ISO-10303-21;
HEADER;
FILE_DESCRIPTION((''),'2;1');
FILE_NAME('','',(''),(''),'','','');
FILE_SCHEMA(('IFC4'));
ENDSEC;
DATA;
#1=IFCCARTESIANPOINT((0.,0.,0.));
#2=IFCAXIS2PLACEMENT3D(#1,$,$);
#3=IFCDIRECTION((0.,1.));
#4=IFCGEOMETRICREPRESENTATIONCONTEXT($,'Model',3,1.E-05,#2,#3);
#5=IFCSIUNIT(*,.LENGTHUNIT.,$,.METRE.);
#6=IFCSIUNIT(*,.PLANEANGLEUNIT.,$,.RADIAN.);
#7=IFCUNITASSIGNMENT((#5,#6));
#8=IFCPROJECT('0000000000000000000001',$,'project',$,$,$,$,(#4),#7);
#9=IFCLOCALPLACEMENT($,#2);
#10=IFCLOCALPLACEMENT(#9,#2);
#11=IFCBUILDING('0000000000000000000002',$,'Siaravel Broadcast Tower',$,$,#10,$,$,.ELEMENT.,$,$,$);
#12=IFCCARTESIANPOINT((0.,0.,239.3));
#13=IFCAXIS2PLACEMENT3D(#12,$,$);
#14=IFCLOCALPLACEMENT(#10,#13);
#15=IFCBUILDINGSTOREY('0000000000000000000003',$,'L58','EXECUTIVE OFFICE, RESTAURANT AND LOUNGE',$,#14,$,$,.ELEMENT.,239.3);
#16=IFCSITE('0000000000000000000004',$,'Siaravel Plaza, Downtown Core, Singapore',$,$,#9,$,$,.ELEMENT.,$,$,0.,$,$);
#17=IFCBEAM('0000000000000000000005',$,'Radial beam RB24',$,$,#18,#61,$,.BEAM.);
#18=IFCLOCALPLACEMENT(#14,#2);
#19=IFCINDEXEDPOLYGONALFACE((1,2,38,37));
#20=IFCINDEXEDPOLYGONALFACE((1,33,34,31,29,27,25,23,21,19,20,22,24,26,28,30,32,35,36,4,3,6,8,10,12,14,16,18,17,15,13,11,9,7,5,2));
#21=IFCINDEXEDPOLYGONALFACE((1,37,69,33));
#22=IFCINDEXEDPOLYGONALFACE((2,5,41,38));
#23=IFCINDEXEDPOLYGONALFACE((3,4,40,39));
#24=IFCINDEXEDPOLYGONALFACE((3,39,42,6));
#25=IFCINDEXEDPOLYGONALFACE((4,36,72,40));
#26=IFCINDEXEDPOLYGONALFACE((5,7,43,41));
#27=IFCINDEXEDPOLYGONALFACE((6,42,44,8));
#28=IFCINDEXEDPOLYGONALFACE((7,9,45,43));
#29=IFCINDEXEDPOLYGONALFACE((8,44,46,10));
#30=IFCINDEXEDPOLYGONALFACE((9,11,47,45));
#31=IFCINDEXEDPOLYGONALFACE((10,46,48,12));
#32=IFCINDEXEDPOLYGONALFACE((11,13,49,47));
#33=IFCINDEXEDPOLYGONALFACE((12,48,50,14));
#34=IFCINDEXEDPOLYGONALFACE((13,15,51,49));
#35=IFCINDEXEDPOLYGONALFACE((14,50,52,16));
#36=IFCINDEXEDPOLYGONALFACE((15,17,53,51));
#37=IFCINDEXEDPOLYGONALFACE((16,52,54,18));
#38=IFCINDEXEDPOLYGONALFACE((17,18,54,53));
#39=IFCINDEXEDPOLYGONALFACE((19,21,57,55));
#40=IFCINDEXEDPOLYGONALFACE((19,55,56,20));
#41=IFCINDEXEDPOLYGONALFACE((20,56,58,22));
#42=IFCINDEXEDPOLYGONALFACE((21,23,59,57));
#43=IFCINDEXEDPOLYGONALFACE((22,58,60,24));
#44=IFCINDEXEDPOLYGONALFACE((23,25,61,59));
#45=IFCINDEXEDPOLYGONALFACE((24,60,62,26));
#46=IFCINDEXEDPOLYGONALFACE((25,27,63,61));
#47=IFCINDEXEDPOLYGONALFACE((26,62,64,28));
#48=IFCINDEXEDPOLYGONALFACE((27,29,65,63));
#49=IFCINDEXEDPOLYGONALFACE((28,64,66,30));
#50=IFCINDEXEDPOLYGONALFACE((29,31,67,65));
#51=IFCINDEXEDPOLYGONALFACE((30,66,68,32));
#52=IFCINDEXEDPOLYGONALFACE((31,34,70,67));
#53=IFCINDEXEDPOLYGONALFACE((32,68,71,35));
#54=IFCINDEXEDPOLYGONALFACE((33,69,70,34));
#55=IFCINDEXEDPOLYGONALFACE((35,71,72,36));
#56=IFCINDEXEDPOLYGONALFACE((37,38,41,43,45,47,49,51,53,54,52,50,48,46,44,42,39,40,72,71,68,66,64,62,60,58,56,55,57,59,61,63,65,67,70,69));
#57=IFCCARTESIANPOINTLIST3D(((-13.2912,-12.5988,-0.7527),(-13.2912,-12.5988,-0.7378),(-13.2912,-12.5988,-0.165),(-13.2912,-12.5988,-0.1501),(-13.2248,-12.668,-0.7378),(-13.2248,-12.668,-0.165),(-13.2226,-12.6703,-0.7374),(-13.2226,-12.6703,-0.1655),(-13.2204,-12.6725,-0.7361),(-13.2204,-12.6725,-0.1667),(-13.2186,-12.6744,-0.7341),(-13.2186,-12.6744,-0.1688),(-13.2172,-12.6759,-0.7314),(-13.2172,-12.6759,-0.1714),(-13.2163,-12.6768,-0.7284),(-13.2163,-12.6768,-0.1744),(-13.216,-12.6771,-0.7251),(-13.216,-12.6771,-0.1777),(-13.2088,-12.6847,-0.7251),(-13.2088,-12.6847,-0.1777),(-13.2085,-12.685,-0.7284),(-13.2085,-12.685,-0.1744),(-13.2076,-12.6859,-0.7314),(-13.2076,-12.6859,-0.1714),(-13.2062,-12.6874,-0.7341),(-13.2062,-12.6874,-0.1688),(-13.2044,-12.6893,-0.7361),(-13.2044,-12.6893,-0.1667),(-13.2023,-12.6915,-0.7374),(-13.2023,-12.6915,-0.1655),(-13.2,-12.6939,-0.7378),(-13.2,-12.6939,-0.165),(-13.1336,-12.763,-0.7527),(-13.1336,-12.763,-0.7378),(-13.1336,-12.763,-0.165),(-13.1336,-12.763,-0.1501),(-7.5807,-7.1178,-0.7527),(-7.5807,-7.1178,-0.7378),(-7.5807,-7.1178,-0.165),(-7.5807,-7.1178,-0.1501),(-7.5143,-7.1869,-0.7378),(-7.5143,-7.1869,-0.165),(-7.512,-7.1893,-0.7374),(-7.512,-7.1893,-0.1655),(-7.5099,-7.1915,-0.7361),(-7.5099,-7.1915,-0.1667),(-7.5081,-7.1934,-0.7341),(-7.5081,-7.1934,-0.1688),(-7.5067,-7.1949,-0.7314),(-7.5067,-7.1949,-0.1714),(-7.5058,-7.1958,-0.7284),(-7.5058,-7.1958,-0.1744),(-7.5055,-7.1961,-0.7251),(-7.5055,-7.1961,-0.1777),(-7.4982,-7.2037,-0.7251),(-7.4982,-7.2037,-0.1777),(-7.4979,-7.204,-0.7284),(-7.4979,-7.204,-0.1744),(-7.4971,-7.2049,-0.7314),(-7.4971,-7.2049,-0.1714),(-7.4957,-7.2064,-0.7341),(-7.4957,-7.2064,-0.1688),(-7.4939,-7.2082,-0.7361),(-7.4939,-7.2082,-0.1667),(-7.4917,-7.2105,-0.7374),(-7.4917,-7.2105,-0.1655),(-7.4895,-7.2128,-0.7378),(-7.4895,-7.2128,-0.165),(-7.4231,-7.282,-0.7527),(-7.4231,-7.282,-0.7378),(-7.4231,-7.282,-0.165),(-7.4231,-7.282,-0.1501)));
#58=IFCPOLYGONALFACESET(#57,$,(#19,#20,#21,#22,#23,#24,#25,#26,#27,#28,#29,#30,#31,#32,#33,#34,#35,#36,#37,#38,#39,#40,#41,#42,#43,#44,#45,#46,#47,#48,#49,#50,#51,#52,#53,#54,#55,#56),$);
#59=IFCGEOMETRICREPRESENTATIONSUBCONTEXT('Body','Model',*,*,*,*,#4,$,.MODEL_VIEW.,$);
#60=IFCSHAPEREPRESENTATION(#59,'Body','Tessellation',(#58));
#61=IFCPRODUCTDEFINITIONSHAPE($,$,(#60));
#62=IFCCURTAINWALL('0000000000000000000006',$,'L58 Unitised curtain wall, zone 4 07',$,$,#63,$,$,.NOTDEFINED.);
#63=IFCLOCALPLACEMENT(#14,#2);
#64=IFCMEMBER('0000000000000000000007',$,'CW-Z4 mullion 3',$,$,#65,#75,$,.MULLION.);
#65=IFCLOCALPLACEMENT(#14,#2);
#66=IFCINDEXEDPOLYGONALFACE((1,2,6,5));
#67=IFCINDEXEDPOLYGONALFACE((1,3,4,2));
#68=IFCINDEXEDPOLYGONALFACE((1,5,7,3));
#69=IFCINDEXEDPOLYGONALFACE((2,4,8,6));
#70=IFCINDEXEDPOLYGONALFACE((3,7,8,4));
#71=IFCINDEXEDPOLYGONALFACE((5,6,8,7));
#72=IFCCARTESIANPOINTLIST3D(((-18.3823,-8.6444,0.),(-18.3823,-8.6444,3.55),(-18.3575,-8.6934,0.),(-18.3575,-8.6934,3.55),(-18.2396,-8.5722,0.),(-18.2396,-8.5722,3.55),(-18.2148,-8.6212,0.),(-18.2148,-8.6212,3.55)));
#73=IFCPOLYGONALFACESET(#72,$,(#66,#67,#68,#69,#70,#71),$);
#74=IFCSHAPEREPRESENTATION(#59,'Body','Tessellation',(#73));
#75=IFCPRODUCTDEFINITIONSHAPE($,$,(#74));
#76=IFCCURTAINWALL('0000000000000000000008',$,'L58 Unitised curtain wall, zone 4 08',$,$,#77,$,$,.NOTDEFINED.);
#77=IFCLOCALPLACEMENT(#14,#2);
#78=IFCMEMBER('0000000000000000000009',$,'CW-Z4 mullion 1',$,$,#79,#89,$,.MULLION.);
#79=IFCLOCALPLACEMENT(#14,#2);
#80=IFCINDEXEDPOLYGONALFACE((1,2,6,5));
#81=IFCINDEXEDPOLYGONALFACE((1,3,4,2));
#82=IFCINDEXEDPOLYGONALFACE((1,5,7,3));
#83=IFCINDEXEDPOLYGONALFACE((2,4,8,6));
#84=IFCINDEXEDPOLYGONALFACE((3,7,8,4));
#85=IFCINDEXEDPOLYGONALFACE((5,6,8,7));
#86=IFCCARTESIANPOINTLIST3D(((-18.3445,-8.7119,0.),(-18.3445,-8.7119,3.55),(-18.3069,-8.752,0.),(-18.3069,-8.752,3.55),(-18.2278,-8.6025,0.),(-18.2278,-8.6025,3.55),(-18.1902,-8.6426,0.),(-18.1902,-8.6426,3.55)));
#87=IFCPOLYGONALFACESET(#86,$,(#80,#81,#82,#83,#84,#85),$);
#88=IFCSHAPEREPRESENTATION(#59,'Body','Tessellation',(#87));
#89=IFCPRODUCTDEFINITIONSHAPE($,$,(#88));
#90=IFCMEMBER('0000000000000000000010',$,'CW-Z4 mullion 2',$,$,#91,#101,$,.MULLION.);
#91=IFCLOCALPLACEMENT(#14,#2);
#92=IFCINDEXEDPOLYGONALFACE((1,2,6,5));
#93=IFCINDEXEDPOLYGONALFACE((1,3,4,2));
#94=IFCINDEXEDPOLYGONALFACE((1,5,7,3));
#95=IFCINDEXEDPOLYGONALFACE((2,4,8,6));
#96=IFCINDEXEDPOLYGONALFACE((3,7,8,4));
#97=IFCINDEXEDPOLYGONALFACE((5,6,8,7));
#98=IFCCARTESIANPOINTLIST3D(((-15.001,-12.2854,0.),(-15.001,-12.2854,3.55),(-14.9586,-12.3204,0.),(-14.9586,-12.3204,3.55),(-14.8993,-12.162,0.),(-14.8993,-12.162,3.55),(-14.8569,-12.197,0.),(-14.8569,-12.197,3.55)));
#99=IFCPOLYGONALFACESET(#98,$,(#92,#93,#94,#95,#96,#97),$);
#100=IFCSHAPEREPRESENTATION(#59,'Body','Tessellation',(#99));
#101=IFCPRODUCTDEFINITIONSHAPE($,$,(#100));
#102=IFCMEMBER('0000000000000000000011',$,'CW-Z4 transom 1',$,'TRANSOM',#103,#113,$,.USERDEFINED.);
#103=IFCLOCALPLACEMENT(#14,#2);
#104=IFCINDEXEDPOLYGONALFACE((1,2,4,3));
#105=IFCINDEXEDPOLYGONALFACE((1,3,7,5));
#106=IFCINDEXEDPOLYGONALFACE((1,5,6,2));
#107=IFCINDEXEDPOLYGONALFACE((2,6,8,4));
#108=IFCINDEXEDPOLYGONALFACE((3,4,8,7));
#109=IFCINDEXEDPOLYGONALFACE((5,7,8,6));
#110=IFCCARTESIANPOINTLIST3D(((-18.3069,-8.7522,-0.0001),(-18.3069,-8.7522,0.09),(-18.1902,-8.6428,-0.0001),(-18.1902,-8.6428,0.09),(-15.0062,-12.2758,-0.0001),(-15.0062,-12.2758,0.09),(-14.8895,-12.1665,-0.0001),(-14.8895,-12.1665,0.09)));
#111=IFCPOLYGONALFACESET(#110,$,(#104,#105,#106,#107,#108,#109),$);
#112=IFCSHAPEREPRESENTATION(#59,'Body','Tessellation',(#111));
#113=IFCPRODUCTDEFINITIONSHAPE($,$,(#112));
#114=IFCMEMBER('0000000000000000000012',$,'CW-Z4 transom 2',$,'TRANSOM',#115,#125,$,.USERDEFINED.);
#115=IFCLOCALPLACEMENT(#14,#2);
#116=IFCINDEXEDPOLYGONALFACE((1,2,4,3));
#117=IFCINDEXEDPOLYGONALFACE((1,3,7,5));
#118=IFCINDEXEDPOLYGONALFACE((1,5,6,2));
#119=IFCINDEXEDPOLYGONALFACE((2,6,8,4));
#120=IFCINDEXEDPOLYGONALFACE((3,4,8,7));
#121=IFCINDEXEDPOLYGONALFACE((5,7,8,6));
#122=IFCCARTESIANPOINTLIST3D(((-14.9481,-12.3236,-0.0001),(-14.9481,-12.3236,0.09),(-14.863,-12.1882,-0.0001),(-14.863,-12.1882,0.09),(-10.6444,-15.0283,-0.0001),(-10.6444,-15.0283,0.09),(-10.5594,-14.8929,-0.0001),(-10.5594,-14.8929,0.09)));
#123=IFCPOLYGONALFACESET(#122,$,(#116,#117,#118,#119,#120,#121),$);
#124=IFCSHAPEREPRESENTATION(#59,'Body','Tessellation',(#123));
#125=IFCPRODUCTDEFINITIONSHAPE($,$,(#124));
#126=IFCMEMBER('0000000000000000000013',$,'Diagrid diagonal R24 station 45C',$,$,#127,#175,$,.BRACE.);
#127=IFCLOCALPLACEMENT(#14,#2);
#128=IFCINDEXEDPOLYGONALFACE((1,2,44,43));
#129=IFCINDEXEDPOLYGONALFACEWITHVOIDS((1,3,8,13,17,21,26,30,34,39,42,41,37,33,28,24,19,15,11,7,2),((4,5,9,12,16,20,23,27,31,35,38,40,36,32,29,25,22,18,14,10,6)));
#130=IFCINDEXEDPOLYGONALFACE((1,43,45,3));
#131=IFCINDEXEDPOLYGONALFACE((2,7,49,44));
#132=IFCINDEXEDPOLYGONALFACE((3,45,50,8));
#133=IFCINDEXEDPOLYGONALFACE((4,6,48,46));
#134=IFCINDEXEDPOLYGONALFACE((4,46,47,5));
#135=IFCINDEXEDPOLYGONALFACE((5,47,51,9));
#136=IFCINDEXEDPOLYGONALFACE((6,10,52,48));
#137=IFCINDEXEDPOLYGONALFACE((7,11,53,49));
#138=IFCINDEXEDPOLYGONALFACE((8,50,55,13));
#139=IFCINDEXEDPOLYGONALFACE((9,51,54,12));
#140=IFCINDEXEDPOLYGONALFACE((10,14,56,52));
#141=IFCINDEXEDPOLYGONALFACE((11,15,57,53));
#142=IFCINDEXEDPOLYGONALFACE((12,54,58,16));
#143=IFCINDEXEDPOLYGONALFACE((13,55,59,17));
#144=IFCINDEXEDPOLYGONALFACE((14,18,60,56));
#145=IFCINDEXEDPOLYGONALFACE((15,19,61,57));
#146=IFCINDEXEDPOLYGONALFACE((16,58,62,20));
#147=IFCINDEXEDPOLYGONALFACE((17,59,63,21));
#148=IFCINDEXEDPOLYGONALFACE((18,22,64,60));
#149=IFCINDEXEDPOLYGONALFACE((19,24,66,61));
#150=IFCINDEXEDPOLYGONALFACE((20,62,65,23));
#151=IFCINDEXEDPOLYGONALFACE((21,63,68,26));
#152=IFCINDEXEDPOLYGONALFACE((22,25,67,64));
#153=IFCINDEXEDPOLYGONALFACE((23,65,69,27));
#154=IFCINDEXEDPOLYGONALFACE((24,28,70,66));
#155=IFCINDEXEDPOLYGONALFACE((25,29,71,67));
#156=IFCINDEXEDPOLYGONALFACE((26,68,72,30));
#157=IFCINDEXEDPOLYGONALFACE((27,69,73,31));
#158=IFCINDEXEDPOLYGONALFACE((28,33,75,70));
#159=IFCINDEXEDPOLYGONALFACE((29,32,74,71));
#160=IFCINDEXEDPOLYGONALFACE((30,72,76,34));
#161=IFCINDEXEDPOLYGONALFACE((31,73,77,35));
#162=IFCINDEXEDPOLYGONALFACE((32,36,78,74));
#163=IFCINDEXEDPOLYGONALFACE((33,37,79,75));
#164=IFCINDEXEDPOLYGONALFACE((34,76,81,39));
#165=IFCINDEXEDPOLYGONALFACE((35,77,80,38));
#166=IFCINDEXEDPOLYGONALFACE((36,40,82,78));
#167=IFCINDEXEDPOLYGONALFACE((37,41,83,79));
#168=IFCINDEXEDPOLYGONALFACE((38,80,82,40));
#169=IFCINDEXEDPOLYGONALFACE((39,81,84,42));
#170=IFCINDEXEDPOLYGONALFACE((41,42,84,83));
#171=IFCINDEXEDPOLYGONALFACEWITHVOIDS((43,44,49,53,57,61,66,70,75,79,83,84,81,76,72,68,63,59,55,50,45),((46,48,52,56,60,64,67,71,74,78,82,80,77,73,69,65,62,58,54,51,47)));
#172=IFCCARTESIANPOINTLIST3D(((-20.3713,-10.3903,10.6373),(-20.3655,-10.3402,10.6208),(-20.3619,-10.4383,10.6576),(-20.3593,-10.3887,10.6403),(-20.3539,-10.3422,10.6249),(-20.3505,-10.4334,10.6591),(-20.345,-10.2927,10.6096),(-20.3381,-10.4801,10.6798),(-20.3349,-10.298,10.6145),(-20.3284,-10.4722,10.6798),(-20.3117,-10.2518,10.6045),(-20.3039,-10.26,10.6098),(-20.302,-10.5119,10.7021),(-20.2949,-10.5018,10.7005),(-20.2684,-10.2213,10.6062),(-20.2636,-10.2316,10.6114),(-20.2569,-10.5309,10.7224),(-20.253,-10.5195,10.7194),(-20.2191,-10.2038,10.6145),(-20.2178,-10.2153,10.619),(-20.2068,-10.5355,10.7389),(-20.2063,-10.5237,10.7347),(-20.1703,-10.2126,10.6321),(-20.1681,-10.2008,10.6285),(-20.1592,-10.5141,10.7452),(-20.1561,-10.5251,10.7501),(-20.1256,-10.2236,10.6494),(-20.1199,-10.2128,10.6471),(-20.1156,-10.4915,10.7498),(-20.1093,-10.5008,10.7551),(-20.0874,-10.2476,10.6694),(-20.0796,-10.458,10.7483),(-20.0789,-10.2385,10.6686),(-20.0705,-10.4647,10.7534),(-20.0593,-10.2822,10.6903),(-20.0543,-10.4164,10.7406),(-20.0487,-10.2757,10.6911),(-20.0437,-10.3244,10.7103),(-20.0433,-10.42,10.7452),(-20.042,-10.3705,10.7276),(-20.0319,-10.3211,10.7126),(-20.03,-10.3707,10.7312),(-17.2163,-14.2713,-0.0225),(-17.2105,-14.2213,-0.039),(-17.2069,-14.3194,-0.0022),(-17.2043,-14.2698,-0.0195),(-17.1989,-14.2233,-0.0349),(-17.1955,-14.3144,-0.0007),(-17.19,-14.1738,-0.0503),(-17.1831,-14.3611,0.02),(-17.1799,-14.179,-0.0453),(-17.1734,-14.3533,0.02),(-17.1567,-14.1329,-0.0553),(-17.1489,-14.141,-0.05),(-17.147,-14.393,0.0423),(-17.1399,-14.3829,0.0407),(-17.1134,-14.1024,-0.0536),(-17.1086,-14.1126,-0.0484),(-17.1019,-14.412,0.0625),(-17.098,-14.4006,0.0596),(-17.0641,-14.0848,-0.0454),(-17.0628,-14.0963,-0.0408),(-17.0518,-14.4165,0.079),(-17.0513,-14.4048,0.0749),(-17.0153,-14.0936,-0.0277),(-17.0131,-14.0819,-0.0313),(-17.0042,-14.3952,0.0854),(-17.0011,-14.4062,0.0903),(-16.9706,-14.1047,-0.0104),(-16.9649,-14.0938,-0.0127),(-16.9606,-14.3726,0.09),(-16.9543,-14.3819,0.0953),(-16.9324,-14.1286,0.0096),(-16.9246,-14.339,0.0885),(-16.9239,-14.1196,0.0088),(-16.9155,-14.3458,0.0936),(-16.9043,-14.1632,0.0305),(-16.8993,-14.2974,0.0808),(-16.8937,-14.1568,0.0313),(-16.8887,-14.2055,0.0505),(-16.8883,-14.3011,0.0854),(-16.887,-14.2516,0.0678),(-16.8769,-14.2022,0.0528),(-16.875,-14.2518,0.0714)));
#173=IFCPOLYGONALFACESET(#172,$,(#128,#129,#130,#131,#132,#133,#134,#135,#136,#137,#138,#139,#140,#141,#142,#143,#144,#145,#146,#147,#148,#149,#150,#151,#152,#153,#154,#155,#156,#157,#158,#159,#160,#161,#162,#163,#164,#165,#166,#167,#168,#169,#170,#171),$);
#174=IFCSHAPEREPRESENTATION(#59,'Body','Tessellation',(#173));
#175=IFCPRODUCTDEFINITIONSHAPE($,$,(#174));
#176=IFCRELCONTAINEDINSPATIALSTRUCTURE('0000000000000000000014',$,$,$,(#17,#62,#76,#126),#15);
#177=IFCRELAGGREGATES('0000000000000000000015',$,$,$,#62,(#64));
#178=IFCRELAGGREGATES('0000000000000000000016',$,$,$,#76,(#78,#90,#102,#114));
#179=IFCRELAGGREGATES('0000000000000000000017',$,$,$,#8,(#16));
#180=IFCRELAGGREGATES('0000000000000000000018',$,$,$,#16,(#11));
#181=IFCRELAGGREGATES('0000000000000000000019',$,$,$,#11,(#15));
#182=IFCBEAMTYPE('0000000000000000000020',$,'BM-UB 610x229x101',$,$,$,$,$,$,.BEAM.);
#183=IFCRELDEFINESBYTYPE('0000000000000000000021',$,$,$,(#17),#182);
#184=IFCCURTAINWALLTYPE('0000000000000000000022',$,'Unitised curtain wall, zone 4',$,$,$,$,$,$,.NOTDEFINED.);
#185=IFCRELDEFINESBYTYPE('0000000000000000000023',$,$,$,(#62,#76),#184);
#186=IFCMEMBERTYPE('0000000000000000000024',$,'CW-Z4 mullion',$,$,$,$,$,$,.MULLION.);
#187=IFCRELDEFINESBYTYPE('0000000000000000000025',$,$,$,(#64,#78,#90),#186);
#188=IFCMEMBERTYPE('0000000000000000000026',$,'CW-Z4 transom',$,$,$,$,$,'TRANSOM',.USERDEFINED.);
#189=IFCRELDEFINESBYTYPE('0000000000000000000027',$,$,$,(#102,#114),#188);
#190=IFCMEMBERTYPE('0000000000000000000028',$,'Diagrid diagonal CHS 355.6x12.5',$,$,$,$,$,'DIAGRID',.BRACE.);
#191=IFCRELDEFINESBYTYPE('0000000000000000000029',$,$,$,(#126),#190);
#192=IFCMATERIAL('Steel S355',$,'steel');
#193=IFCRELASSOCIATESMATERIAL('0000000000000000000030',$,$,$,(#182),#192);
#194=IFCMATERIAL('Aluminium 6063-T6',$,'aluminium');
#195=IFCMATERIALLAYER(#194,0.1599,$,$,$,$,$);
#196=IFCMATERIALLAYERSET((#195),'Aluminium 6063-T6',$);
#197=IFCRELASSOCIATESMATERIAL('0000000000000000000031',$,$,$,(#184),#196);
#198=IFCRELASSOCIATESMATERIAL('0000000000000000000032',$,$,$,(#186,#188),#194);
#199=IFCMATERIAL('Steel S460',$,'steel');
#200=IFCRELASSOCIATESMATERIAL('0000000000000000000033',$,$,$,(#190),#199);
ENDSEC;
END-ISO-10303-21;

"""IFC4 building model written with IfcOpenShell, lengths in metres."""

from ifc_helpers import new_model, si_unit, direction, frame, origin, origin_2d, place, context, subcontext, project, spatial, rectangle, hollow_circle, i_section, extrude, material, layer, layer_set, material_profile, profile_set, type_object, element, aggregate, save


model = new_model("IFC4")

# Units and contexts
model_context = context("Model", 3, precision=1e-05, world=origin(), true_north=direction((0.0, 1.0)))
body_context = subcontext(model_context, "Body", "Model", "MODEL_VIEW")
ifc_project = project(units=[si_unit("LENGTHUNIT", "METRE"), si_unit("PLANEANGLEUNIT", "RADIAN")], contexts=[model_context])

# Site, building, storey
site_placement = place(None, origin())
site = spatial("IfcSite", under=ifc_project, at=site_placement, Name="Siaravel Plaza, Downtown Core, Singapore", CompositionType="ELEMENT", RefElevation=0.0)
building_placement = place(site_placement, origin())
building = spatial("IfcBuilding", under=site, at=building_placement, Name="Siaravel Broadcast Tower", CompositionType="ELEMENT")
storey_placement = place(building_placement, frame((0.0, 0.0, 239.3)))
storey = spatial("IfcBuildingStorey", under=building, at=storey_placement, Name="L58", Description="EXECUTIVE OFFICE, RESTAURANT AND LOUNGE", CompositionType="ELEMENT", Elevation=239.3)

# Beam
ifc_material_1 = material(Name="Steel S355", Category="steel")
ifc_material_profile_1 = material_profile(ifc_material_1, i_section(OverallWidth=0.2275, OverallDepth=0.6025, WebThickness=0.0105, FlangeThickness=0.0149, FilletRadius=0.0127, at=origin_2d()))
ifc_profile_set_1 = profile_set([ifc_material_profile_1], Name="Steel S355")
beam_type = type_object("IfcBeamType", Name="BM-UB 610x229x101", PredefinedType="BEAM", material=ifc_profile_set_1)
beam_1_placement = place(storey_placement, frame((-13.2124, -12.6809, -0.4514), z_axis=(0.721455, 0.692461, 0.0), x_axis=(-0.692461, 0.721455, 0.0)))
element("IfcBeam", 1, at=beam_1_placement, inside=storey, type_object=beam_type, Name="Radial beam RB24", PredefinedType="BEAM", context=body_context, shape_type="SweptSolid", body=[
    extrude(i_section(OverallWidth=0.2275, OverallDepth=0.6025, WebThickness=0.0105, FlangeThickness=0.0149, FilletRadius=0.0127, at=origin_2d()), origin(), (0.0, 0.0, 1.0), 7.9153),
])

# Curtain wall, member
ifc_material_2 = material(Name="Aluminium 6063-T6", Category="aluminium")
ifc_layer_1 = layer(ifc_material_2, 0.1599)
ifc_layer_set_1 = layer_set([ifc_layer_1], Name="Aluminium 6063-T6")
curtain_wall_type = type_object("IfcCurtainWallType", Name="Unitised curtain wall, zone 4", PredefinedType="NOTDEFINED", material=ifc_layer_set_1)
curtain_wall_1_placement = place(storey_placement, origin())
curtain_wall_1 = element("IfcCurtainWall", 2, at=curtain_wall_1_placement, inside=storey, type_object=curtain_wall_type, Name="L58 Unitised curtain wall, zone 4 07", PredefinedType="NOTDEFINED")
ifc_material_profile_2 = material_profile(ifc_material_2, rectangle(XDim=0.1599, YDim=0.0549, at=origin_2d()))
ifc_profile_set_2 = profile_set([ifc_material_profile_2], Name="Aluminium 6063-T6")
member_type_1 = type_object("IfcMemberType", Name="CW-Z4 mullion", PredefinedType="MULLION", material=ifc_profile_set_2)
member_1_placement = place(storey_placement, frame((-18.2986, -8.6328, 0.0), z_axis=(0.0, 0.0, 1.0), x_axis=(0.892393, 0.451259, 0.0)))
member_1 = element("IfcMember", 3, at=member_1_placement, type_object=member_type_1, Name="CW-Z4 mullion 3", PredefinedType="MULLION", context=body_context, shape_type="SweptSolid", body=[
    extrude(rectangle(XDim=0.1599, YDim=0.0549, at=origin_2d()), origin(), (0.0, 0.0, 1.0), 3.55),
])
aggregate(curtain_wall_1, [member_1])

# Curtain wall, members
curtain_wall_2_placement = place(storey_placement, origin())
curtain_wall_2 = element("IfcCurtainWall", 4, at=curtain_wall_2_placement, inside=storey, type_object=curtain_wall_type, Name="L58 Unitised curtain wall, zone 4 08", PredefinedType="NOTDEFINED")
member_2_placement = place(storey_placement, frame((-18.2673, -8.6772, 0.0), z_axis=(0.0, 0.0, 1.0), x_axis=(0.729807, 0.683654, 0.0)))
member_2 = element("IfcMember", 5, at=member_2_placement, type_object=member_type_1, Name="CW-Z4 mullion 1", PredefinedType="MULLION", context=body_context, shape_type="SweptSolid", body=[
    extrude(rectangle(XDim=0.1599, YDim=0.0549, at=origin_2d()), origin(), (0.0, 0.0, 1.0), 3.55),
])
member_3_placement = place(storey_placement, frame((-14.929, -12.2412, 0.0), z_axis=(0.0, 0.0, 1.0), x_axis=(0.63622, 0.771508, 0.0)))
member_3 = element("IfcMember", 6, at=member_3_placement, type_object=member_type_1, Name="CW-Z4 mullion 2", PredefinedType="MULLION", context=body_context, shape_type="SweptSolid", body=[
    extrude(rectangle(XDim=0.1599, YDim=0.0549, at=origin_2d()), origin(), (0.0, 0.0, 1.0), 3.55),
])
ifc_material_profile_3 = material_profile(ifc_material_2, rectangle(XDim=0.1599, YDim=0.0901, at=origin_2d()))
ifc_profile_set_3 = profile_set([ifc_material_profile_3], Name="Aluminium 6063-T6")
member_type_2 = type_object("IfcMemberType", Name="CW-Z4 transom", ElementType="TRANSOM", PredefinedType="USERDEFINED", material=ifc_profile_set_3)
member_4_placement = place(storey_placement, frame((-18.2485, -8.6975, 0.0449), z_axis=(0.683647, -0.729813, 0.0), x_axis=(0.729813, 0.683647, 0.0)))
member_4 = element("IfcMember", 7, at=member_4_placement, type_object=member_type_2, Name="CW-Z4 transom 1", ObjectType="TRANSOM", PredefinedType="USERDEFINED", context=body_context, shape_type="SweptSolid", body=[
    extrude(rectangle(XDim=0.1599, YDim=0.0901, at=origin_2d()), origin(), (0.0, 0.0, 1.0), 4.8281),
])
member_5_placement = place(storey_placement, frame((-14.9055, -12.2559, 0.0449), z_axis=(0.846668, -0.532121, 0.0), x_axis=(0.532121, 0.846668, 0.0)))
member_5 = element("IfcMember", 8, at=member_5_placement, type_object=member_type_2, Name="CW-Z4 transom 2", ObjectType="TRANSOM", PredefinedType="USERDEFINED", context=body_context, shape_type="SweptSolid", body=[
    extrude(rectangle(XDim=0.1599, YDim=0.0901, at=origin_2d()), origin(), (0.0, 0.0, 1.0), 5.083),
])

# Member
ifc_material_3 = material(Name="Steel S460", Category="steel")
ifc_material_profile_4 = material_profile(ifc_material_3, hollow_circle(Radius=0.1777, WallThickness=0.0125, at=origin_2d()))
ifc_profile_set_4 = profile_set([ifc_material_profile_4], Name="Steel S460")
member_type_3 = type_object("IfcMemberType", Name="Diagrid diagonal CHS 355.6x12.5", ElementType="DIAGRID", PredefinedType="BRACE", material=ifc_profile_set_4)
member_6_placement = place(storey_placement, frame((-17.0452, -14.249, 0.02), z_axis=(-0.267943, 0.329605, 0.905299), x_axis=(-0.775954, -0.630789, 0.0)))
element("IfcMember", 9, at=member_6_placement, inside=storey, type_object=member_type_3, Name="Diagrid diagonal R24 station 45C", PredefinedType="BRACE", context=body_context, shape_type="SweptSolid", body=[
    extrude(hollow_circle(Radius=0.1777, WallThickness=0.0125, at=origin_2d()), origin(), (0.0, 0.0, 1.0), 11.7749),
])

aggregate(curtain_wall_2, [member_2, member_3, member_4, member_5])

save(model, "model.ifc")
